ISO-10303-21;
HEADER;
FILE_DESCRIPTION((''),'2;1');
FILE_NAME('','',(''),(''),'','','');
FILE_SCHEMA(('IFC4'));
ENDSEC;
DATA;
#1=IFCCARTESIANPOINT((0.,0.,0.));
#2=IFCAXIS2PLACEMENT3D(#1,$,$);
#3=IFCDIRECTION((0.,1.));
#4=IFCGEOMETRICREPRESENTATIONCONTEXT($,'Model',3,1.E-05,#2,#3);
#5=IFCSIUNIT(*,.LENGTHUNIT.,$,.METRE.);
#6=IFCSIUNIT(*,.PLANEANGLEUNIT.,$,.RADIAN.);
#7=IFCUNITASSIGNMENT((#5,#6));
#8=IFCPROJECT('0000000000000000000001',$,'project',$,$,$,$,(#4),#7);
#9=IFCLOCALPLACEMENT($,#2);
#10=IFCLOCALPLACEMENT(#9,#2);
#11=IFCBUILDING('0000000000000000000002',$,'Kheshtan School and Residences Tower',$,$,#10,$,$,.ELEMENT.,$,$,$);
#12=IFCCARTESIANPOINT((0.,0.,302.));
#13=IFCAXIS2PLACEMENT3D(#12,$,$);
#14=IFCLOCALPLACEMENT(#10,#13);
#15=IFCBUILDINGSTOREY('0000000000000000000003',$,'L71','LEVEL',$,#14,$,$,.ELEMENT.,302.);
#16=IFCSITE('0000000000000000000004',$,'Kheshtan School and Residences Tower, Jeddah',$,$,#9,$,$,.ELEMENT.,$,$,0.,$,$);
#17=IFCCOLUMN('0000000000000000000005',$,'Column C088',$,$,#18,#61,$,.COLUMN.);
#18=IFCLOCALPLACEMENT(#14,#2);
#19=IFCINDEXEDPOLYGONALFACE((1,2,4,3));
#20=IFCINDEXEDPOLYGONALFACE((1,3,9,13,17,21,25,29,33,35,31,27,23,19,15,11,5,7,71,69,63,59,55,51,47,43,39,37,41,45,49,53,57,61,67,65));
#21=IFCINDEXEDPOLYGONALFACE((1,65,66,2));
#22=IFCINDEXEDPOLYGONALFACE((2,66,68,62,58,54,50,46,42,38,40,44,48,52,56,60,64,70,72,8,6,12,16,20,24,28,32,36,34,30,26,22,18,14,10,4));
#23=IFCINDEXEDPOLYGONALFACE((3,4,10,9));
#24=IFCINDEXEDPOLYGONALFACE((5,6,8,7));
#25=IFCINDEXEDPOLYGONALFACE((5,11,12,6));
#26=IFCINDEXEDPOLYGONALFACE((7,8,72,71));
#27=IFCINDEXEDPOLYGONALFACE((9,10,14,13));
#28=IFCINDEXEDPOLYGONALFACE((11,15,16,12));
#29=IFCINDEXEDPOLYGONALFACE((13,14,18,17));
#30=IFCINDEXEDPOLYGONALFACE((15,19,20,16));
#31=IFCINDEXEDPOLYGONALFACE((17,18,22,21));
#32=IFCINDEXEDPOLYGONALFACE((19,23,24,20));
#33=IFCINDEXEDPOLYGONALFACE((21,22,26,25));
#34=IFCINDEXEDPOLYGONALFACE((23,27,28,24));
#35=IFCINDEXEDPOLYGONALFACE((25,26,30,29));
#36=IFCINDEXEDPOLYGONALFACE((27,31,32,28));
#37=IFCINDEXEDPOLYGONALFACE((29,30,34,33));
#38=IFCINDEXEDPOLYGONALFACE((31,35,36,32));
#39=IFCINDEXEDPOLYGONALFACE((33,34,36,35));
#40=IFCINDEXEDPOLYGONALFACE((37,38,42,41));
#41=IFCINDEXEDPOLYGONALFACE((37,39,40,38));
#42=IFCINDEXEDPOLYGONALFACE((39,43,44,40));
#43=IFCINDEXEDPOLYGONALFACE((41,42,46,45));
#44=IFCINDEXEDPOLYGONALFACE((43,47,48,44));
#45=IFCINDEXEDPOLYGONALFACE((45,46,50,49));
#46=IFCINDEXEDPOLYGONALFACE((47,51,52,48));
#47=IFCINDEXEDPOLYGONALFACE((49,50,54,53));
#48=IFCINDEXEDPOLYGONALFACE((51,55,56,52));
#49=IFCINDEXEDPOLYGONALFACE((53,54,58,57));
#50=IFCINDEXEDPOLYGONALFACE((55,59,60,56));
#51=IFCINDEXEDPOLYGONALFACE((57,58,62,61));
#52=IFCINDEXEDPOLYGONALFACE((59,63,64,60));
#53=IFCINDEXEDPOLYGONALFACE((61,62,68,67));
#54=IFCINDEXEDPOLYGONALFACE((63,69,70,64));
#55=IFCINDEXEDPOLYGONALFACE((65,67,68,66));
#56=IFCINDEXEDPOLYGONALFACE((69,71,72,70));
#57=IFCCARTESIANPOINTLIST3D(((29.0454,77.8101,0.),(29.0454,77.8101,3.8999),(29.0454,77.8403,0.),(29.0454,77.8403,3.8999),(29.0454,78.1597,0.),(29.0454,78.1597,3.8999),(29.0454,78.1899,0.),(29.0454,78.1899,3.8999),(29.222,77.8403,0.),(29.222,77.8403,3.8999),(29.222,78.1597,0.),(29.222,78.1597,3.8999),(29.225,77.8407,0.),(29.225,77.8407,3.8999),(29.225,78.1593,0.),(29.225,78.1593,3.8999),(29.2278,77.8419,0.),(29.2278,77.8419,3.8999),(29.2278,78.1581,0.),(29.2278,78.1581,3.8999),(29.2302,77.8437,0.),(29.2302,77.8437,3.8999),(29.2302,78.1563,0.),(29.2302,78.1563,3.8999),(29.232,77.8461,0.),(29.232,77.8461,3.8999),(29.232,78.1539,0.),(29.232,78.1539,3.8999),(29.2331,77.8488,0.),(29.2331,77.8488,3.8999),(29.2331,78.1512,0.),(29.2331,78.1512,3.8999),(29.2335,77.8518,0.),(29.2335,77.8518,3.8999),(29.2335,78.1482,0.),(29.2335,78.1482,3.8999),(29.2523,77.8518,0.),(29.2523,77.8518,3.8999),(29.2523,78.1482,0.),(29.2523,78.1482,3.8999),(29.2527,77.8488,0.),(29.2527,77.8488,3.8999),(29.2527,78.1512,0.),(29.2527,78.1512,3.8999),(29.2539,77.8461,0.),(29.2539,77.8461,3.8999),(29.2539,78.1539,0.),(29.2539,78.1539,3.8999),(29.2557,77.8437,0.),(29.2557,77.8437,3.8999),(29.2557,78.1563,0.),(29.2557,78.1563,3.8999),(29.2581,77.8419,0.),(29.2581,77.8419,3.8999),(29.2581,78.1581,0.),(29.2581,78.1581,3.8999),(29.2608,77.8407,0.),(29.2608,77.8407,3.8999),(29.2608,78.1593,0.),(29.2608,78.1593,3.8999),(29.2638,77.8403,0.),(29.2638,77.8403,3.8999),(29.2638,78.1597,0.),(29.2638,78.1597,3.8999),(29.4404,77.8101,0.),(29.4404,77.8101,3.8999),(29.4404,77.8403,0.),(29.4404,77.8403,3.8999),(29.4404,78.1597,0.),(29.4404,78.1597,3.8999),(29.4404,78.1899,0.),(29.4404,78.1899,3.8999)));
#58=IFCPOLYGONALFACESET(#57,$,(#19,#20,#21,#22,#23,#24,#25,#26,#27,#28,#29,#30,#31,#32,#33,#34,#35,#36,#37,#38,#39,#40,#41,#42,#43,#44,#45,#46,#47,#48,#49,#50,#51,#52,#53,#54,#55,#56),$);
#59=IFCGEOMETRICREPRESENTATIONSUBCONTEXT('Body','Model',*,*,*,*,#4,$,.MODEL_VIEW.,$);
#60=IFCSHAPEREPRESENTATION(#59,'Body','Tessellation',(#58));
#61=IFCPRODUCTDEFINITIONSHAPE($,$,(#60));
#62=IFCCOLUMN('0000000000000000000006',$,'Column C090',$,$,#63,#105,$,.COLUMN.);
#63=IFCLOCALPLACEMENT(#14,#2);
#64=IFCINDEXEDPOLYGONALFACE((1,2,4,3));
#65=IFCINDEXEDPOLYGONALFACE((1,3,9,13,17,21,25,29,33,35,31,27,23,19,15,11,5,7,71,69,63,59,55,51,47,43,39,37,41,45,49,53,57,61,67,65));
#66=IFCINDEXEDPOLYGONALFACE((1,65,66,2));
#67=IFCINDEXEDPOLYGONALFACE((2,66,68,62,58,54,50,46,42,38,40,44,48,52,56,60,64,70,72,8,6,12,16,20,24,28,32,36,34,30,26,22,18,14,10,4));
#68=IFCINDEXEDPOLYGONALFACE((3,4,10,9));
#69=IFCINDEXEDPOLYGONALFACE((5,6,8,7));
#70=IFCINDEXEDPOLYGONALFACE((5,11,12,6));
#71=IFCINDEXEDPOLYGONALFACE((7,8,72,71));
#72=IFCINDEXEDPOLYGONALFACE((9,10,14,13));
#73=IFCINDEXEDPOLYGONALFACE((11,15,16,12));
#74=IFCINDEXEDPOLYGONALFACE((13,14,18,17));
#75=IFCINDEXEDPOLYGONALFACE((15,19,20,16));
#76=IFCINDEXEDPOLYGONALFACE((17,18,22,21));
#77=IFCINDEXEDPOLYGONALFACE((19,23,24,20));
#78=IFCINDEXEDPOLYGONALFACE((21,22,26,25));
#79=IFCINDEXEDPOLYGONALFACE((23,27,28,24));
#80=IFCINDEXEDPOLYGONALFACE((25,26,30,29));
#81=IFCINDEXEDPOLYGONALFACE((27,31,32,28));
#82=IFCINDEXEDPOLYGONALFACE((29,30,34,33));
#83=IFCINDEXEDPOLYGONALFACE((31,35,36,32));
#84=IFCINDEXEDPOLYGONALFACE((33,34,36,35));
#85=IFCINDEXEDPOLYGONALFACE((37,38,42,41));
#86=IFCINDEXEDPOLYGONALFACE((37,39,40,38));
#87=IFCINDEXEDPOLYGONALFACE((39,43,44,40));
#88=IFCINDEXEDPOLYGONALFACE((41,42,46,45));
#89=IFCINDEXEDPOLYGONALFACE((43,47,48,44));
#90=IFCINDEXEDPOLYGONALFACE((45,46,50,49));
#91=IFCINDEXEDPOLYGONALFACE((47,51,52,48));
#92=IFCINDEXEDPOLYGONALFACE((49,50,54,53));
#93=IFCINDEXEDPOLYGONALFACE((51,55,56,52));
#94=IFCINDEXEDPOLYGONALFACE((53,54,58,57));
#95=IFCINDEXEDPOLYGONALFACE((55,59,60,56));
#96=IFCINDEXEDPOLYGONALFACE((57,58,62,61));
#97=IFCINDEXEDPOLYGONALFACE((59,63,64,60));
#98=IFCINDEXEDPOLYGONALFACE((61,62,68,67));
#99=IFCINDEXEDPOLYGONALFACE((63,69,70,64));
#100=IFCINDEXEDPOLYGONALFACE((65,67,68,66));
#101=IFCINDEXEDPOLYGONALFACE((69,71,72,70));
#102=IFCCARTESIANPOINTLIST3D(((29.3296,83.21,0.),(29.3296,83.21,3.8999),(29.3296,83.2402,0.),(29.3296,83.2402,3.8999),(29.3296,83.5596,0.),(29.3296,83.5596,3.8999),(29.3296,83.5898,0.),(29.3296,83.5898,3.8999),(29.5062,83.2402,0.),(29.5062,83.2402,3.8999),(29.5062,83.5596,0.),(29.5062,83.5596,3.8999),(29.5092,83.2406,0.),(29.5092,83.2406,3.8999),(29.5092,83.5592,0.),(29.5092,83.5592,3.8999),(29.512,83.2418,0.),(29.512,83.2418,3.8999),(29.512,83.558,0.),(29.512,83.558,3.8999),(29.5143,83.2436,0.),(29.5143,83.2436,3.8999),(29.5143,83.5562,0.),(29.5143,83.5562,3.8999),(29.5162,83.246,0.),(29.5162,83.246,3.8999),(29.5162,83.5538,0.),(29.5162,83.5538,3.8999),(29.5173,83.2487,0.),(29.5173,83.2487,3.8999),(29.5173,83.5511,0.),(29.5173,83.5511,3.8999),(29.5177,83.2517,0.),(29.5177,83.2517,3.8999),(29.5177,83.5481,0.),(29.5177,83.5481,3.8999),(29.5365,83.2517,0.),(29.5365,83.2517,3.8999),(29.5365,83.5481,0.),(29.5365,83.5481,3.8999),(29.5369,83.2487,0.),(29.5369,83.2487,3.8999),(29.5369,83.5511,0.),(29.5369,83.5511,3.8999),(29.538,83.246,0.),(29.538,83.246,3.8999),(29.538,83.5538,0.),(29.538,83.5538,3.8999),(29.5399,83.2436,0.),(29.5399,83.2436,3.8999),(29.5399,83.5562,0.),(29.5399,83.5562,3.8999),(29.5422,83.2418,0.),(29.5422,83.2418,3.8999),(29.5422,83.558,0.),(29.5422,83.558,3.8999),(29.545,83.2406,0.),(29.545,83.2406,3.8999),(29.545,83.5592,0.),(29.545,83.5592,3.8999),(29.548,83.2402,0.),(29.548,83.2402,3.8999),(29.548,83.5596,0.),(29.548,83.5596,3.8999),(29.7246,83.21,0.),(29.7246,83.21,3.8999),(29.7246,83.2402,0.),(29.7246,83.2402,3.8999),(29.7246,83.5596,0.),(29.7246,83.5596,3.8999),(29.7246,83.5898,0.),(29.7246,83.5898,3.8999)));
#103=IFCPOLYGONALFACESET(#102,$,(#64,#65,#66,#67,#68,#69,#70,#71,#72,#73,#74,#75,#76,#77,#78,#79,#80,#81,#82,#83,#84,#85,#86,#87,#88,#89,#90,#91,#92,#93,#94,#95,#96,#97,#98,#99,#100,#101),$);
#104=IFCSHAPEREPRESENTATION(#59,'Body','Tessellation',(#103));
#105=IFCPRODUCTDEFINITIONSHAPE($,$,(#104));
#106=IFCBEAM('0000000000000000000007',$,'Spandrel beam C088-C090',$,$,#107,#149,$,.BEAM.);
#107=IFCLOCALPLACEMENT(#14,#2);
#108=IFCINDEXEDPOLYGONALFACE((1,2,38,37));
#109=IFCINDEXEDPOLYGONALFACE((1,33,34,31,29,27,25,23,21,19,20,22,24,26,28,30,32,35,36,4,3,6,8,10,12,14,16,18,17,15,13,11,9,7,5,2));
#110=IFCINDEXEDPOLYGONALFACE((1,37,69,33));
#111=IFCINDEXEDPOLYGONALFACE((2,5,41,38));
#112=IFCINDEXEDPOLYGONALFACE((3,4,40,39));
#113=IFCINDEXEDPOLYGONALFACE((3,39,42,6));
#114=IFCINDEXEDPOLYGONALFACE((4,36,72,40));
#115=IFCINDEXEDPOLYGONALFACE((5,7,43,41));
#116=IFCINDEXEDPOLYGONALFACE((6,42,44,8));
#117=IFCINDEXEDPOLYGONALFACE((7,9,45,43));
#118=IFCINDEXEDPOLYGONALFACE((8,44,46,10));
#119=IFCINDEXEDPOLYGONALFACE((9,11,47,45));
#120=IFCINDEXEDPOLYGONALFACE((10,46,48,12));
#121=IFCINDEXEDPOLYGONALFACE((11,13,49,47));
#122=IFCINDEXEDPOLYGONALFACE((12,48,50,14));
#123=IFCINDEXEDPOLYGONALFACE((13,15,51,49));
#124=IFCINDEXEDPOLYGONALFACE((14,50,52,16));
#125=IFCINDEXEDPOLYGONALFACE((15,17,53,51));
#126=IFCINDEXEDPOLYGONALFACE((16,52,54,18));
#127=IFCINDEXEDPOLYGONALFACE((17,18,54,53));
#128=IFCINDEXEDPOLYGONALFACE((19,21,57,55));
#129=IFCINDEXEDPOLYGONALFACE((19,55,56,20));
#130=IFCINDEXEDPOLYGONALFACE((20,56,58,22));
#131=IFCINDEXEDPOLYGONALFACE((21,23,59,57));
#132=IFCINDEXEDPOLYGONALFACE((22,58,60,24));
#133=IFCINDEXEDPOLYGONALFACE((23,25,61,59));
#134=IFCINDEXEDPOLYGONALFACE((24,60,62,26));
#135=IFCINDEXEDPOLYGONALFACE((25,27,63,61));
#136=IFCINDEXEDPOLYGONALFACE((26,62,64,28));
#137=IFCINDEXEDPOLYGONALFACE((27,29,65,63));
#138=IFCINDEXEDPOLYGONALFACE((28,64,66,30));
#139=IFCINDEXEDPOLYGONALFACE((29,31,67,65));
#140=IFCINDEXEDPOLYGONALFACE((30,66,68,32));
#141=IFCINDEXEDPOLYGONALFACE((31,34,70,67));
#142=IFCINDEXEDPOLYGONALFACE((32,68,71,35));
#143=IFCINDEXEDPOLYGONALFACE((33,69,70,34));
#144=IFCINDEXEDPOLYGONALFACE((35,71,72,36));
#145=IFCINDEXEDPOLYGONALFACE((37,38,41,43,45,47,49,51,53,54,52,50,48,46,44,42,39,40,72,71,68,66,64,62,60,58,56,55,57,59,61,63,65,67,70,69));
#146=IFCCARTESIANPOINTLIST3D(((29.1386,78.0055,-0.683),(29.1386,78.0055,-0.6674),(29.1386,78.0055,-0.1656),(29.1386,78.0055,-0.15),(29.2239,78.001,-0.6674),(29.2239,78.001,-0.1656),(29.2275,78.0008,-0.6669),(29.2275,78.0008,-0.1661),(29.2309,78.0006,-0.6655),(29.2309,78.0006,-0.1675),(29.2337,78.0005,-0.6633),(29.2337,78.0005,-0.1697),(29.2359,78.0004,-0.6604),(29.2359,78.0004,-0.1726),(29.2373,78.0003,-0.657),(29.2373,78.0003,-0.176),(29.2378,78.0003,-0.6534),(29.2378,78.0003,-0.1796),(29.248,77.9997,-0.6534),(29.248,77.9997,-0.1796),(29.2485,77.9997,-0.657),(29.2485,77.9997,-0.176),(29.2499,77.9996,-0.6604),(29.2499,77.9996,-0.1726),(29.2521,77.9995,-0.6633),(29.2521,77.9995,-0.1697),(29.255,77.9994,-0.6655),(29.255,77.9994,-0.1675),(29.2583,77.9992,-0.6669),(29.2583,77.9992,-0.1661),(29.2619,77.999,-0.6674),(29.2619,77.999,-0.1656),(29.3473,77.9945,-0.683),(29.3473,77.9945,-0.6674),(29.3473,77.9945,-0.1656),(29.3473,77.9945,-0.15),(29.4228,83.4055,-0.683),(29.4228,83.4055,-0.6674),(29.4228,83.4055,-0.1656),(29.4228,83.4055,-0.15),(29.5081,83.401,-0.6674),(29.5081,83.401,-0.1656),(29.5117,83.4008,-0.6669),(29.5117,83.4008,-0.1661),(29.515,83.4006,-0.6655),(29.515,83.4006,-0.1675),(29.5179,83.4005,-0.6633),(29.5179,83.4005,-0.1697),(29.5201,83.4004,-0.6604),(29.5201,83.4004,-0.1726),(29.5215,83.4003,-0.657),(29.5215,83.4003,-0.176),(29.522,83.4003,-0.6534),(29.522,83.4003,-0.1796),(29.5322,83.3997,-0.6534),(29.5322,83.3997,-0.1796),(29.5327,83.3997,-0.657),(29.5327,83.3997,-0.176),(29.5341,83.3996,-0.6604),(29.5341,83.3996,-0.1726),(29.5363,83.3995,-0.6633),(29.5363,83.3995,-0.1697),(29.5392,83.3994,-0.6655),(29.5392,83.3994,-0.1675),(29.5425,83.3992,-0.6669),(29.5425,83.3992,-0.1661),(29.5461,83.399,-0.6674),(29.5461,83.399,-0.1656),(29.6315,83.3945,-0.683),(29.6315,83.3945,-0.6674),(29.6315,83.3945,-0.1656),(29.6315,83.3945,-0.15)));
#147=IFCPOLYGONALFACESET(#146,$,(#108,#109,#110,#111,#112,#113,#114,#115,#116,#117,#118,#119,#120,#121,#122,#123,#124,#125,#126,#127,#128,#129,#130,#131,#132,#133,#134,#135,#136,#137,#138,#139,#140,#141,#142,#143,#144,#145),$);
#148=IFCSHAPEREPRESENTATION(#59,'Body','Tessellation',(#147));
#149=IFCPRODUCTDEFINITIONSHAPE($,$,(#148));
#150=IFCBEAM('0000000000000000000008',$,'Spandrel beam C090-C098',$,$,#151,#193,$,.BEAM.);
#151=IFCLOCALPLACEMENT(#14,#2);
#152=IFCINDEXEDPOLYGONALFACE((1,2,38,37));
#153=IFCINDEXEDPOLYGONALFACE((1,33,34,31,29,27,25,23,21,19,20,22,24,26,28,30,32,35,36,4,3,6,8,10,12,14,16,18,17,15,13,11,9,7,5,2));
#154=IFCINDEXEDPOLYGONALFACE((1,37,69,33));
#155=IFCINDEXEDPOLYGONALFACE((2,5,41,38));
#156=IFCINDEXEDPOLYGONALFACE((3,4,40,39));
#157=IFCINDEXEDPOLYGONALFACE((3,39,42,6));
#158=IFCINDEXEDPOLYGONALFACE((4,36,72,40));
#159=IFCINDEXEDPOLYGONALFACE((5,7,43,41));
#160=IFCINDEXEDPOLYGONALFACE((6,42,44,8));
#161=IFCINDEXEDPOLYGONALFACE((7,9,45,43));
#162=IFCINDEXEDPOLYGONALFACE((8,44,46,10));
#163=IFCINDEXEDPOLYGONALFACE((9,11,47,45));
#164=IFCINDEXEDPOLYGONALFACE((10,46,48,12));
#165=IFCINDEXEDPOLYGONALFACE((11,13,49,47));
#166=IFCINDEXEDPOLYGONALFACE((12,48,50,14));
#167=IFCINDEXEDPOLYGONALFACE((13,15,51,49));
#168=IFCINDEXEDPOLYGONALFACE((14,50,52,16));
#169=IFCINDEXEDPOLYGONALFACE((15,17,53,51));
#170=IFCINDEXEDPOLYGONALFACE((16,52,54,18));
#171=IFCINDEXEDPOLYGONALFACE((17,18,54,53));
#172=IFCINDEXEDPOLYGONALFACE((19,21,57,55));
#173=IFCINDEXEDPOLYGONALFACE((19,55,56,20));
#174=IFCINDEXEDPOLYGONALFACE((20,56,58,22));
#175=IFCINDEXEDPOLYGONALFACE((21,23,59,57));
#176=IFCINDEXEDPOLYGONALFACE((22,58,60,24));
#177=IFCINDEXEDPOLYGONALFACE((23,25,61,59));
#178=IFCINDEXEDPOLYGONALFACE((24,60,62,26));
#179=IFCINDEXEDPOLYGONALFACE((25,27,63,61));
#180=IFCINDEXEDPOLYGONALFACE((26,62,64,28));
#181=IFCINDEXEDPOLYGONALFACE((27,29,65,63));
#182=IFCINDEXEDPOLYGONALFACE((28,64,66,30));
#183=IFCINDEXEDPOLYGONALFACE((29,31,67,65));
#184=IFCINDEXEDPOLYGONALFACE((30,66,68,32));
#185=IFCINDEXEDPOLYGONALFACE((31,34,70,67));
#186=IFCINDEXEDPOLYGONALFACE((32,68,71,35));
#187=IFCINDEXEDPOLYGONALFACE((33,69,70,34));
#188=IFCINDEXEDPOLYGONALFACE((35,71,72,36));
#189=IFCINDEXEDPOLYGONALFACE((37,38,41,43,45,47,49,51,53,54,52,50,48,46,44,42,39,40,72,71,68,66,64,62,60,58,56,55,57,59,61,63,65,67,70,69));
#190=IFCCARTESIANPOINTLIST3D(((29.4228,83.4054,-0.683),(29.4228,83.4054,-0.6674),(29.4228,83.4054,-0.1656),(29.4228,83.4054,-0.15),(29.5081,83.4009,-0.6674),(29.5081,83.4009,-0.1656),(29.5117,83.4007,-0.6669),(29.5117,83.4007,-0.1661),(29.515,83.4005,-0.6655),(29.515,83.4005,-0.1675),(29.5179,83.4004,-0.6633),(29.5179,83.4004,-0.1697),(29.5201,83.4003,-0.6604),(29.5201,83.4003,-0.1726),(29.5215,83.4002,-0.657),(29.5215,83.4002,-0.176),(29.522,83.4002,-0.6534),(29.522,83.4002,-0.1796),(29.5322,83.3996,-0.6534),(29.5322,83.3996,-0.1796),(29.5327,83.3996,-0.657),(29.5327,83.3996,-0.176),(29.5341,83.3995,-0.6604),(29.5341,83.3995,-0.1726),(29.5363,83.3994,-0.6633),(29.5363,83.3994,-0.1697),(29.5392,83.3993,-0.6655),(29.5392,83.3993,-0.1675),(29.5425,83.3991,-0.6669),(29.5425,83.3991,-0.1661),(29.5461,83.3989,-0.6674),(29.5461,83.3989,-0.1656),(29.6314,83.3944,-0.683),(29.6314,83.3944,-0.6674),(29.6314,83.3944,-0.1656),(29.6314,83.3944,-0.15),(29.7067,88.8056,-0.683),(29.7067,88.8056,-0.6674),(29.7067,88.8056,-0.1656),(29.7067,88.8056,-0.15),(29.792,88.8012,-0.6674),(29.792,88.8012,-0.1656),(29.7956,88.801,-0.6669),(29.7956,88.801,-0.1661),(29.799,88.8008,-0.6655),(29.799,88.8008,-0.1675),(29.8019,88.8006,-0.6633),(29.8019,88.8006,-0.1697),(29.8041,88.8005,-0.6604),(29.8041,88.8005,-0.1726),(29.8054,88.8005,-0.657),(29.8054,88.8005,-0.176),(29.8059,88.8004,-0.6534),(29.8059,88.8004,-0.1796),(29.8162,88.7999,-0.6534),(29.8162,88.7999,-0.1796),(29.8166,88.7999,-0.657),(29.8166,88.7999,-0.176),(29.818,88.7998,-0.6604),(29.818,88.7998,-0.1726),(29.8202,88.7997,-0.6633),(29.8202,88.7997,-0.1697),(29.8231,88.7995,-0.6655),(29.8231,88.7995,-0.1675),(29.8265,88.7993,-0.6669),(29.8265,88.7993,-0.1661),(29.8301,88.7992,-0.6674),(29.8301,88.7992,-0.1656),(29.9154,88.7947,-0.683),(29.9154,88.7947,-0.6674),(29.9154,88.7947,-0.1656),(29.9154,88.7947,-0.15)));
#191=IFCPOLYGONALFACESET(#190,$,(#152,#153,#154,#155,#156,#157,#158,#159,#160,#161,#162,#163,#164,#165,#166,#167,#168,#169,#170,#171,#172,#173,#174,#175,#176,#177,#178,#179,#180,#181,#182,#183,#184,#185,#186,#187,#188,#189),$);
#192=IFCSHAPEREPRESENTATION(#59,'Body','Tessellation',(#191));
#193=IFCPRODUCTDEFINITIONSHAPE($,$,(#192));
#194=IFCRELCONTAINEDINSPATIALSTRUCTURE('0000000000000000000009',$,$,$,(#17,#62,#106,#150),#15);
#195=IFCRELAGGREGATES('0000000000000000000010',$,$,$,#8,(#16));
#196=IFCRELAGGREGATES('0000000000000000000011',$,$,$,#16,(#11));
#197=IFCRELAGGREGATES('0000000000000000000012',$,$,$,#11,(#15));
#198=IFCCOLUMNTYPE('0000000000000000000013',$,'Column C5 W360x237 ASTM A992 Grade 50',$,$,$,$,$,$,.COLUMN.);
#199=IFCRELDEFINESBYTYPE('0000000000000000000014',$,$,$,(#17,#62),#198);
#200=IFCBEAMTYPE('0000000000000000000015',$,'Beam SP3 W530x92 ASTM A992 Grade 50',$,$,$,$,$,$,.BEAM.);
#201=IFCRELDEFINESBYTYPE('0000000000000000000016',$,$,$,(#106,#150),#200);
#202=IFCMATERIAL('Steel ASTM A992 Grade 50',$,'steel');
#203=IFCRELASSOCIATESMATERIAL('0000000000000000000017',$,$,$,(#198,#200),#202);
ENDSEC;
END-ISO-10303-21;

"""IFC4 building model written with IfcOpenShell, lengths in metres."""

from ifc_helpers import new_model, si_unit, direction, frame, origin, origin_2d, place, context, subcontext, project, spatial, i_section, extrude, material, material_profile, profile_set, type_object, element, save


model = new_model("IFC4")

# Units and contexts
model_context = context("Model", 3, precision=1e-05, world=origin(), true_north=direction((0.0, 1.0)))
body_context = subcontext(model_context, "Body", "Model", "MODEL_VIEW")
ifc_project = project(units=[si_unit("LENGTHUNIT", "METRE"), si_unit("PLANEANGLEUNIT", "RADIAN")], contexts=[model_context])

# Site, building, storey
site_placement = place(None, origin())
site = spatial("IfcSite", under=ifc_project, at=site_placement, Name="Kheshtan School and Residences Tower, Jeddah", CompositionType="ELEMENT", RefElevation=0.0)
building_placement = place(site_placement, origin())
building = spatial("IfcBuilding", under=site, at=building_placement, Name="Kheshtan School and Residences Tower", CompositionType="ELEMENT")
storey_placement = place(building_placement, frame((0.0, 0.0, 302.0)))
storey = spatial("IfcBuildingStorey", under=building, at=storey_placement, Name="L71", Description="LEVEL", CompositionType="ELEMENT", Elevation=302.0)

# Columns
ifc_material_1 = material(Name="Steel ASTM A992 Grade 50", Category="steel")
ifc_material_profile_1 = material_profile(ifc_material_1, i_section(OverallWidth=0.395, OverallDepth=0.3799, WebThickness=0.0188, FlangeThickness=0.0303, FilletRadius=0.0115, at=origin_2d()), Name="W360x237")
ifc_profile_set_1 = profile_set([ifc_material_profile_1], Name="Steel ASTM A992 Grade 50")
column_type = type_object("IfcColumnType", Name="Column C5 W360x237 ASTM A992 Grade 50", PredefinedType="COLUMN", material=ifc_profile_set_1)
for number, where, z_axis, x_axis, name in (
    (1, (29.2429, 78.0, 0.0), (0.0, 0.0, 1.0), (1.0, 0.0, 0.0), "Column C088"),
    (2, (29.5271, 83.3999, 0.0), (0.0, 0.0, 1.0), (1.0, 0.0, 0.0), "Column C090"),
):
    element("IfcColumn", number, at=place(storey_placement, frame(where, z_axis=z_axis, x_axis=x_axis)), inside=storey, type_object=column_type, Name=name, PredefinedType="COLUMN", context=body_context, shape_type="SweptSolid", body=[
        extrude(i_section(OverallWidth=0.395, OverallDepth=0.3799, WebThickness=0.0188, FlangeThickness=0.0303, FilletRadius=0.0115, at=origin_2d()), origin(), (0.0, 0.0, 1.0), 3.8999),
    ])

# Beams
ifc_material_profile_2 = material_profile(ifc_material_1, i_section(OverallWidth=0.209, OverallDepth=0.533, WebThickness=0.0103, FlangeThickness=0.0156, FilletRadius=0.0139, at=origin_2d()), Name="W530x92")
ifc_profile_set_2 = profile_set([ifc_material_profile_2], Name="Steel ASTM A992 Grade 50")
beam_type = type_object("IfcBeamType", Name="Beam SP3 W530x92 ASTM A992 Grade 50", PredefinedType="BEAM", material=ifc_profile_set_2)
beam_1_placement = place(storey_placement, frame((29.2429, 78.0, -0.4165), z_axis=(0.052554, 0.998618, 0.0), x_axis=(-0.998618, 0.052554, 0.0)))
element("IfcBeam", 3, at=beam_1_placement, inside=storey, type_object=beam_type, Name="Spandrel beam C088-C090", PredefinedType="BEAM", context=body_context, shape_type="SweptSolid", body=[
    extrude(i_section(OverallWidth=0.209, OverallDepth=0.533, WebThickness=0.0103, FlangeThickness=0.0156, FilletRadius=0.0139, at=origin_2d()), origin(), (0.0, 0.0, 1.0), 5.4075),
])
beam_2_placement = place(storey_placement, frame((29.5271, 83.3999, -0.4165), z_axis=(0.052507, 0.998621, 0.0), x_axis=(-0.998621, 0.052507, 0.0)))
element("IfcBeam", 4, at=beam_2_placement, inside=storey, type_object=beam_type, Name="Spandrel beam C090-C098", PredefinedType="BEAM", context=body_context, shape_type="SweptSolid", body=[
    extrude(i_section(OverallWidth=0.209, OverallDepth=0.533, WebThickness=0.0103, FlangeThickness=0.0156, FilletRadius=0.0139, at=origin_2d()), origin(), (0.0, 0.0, 1.0), 5.4077),
])

save(model, "model.ifc")
